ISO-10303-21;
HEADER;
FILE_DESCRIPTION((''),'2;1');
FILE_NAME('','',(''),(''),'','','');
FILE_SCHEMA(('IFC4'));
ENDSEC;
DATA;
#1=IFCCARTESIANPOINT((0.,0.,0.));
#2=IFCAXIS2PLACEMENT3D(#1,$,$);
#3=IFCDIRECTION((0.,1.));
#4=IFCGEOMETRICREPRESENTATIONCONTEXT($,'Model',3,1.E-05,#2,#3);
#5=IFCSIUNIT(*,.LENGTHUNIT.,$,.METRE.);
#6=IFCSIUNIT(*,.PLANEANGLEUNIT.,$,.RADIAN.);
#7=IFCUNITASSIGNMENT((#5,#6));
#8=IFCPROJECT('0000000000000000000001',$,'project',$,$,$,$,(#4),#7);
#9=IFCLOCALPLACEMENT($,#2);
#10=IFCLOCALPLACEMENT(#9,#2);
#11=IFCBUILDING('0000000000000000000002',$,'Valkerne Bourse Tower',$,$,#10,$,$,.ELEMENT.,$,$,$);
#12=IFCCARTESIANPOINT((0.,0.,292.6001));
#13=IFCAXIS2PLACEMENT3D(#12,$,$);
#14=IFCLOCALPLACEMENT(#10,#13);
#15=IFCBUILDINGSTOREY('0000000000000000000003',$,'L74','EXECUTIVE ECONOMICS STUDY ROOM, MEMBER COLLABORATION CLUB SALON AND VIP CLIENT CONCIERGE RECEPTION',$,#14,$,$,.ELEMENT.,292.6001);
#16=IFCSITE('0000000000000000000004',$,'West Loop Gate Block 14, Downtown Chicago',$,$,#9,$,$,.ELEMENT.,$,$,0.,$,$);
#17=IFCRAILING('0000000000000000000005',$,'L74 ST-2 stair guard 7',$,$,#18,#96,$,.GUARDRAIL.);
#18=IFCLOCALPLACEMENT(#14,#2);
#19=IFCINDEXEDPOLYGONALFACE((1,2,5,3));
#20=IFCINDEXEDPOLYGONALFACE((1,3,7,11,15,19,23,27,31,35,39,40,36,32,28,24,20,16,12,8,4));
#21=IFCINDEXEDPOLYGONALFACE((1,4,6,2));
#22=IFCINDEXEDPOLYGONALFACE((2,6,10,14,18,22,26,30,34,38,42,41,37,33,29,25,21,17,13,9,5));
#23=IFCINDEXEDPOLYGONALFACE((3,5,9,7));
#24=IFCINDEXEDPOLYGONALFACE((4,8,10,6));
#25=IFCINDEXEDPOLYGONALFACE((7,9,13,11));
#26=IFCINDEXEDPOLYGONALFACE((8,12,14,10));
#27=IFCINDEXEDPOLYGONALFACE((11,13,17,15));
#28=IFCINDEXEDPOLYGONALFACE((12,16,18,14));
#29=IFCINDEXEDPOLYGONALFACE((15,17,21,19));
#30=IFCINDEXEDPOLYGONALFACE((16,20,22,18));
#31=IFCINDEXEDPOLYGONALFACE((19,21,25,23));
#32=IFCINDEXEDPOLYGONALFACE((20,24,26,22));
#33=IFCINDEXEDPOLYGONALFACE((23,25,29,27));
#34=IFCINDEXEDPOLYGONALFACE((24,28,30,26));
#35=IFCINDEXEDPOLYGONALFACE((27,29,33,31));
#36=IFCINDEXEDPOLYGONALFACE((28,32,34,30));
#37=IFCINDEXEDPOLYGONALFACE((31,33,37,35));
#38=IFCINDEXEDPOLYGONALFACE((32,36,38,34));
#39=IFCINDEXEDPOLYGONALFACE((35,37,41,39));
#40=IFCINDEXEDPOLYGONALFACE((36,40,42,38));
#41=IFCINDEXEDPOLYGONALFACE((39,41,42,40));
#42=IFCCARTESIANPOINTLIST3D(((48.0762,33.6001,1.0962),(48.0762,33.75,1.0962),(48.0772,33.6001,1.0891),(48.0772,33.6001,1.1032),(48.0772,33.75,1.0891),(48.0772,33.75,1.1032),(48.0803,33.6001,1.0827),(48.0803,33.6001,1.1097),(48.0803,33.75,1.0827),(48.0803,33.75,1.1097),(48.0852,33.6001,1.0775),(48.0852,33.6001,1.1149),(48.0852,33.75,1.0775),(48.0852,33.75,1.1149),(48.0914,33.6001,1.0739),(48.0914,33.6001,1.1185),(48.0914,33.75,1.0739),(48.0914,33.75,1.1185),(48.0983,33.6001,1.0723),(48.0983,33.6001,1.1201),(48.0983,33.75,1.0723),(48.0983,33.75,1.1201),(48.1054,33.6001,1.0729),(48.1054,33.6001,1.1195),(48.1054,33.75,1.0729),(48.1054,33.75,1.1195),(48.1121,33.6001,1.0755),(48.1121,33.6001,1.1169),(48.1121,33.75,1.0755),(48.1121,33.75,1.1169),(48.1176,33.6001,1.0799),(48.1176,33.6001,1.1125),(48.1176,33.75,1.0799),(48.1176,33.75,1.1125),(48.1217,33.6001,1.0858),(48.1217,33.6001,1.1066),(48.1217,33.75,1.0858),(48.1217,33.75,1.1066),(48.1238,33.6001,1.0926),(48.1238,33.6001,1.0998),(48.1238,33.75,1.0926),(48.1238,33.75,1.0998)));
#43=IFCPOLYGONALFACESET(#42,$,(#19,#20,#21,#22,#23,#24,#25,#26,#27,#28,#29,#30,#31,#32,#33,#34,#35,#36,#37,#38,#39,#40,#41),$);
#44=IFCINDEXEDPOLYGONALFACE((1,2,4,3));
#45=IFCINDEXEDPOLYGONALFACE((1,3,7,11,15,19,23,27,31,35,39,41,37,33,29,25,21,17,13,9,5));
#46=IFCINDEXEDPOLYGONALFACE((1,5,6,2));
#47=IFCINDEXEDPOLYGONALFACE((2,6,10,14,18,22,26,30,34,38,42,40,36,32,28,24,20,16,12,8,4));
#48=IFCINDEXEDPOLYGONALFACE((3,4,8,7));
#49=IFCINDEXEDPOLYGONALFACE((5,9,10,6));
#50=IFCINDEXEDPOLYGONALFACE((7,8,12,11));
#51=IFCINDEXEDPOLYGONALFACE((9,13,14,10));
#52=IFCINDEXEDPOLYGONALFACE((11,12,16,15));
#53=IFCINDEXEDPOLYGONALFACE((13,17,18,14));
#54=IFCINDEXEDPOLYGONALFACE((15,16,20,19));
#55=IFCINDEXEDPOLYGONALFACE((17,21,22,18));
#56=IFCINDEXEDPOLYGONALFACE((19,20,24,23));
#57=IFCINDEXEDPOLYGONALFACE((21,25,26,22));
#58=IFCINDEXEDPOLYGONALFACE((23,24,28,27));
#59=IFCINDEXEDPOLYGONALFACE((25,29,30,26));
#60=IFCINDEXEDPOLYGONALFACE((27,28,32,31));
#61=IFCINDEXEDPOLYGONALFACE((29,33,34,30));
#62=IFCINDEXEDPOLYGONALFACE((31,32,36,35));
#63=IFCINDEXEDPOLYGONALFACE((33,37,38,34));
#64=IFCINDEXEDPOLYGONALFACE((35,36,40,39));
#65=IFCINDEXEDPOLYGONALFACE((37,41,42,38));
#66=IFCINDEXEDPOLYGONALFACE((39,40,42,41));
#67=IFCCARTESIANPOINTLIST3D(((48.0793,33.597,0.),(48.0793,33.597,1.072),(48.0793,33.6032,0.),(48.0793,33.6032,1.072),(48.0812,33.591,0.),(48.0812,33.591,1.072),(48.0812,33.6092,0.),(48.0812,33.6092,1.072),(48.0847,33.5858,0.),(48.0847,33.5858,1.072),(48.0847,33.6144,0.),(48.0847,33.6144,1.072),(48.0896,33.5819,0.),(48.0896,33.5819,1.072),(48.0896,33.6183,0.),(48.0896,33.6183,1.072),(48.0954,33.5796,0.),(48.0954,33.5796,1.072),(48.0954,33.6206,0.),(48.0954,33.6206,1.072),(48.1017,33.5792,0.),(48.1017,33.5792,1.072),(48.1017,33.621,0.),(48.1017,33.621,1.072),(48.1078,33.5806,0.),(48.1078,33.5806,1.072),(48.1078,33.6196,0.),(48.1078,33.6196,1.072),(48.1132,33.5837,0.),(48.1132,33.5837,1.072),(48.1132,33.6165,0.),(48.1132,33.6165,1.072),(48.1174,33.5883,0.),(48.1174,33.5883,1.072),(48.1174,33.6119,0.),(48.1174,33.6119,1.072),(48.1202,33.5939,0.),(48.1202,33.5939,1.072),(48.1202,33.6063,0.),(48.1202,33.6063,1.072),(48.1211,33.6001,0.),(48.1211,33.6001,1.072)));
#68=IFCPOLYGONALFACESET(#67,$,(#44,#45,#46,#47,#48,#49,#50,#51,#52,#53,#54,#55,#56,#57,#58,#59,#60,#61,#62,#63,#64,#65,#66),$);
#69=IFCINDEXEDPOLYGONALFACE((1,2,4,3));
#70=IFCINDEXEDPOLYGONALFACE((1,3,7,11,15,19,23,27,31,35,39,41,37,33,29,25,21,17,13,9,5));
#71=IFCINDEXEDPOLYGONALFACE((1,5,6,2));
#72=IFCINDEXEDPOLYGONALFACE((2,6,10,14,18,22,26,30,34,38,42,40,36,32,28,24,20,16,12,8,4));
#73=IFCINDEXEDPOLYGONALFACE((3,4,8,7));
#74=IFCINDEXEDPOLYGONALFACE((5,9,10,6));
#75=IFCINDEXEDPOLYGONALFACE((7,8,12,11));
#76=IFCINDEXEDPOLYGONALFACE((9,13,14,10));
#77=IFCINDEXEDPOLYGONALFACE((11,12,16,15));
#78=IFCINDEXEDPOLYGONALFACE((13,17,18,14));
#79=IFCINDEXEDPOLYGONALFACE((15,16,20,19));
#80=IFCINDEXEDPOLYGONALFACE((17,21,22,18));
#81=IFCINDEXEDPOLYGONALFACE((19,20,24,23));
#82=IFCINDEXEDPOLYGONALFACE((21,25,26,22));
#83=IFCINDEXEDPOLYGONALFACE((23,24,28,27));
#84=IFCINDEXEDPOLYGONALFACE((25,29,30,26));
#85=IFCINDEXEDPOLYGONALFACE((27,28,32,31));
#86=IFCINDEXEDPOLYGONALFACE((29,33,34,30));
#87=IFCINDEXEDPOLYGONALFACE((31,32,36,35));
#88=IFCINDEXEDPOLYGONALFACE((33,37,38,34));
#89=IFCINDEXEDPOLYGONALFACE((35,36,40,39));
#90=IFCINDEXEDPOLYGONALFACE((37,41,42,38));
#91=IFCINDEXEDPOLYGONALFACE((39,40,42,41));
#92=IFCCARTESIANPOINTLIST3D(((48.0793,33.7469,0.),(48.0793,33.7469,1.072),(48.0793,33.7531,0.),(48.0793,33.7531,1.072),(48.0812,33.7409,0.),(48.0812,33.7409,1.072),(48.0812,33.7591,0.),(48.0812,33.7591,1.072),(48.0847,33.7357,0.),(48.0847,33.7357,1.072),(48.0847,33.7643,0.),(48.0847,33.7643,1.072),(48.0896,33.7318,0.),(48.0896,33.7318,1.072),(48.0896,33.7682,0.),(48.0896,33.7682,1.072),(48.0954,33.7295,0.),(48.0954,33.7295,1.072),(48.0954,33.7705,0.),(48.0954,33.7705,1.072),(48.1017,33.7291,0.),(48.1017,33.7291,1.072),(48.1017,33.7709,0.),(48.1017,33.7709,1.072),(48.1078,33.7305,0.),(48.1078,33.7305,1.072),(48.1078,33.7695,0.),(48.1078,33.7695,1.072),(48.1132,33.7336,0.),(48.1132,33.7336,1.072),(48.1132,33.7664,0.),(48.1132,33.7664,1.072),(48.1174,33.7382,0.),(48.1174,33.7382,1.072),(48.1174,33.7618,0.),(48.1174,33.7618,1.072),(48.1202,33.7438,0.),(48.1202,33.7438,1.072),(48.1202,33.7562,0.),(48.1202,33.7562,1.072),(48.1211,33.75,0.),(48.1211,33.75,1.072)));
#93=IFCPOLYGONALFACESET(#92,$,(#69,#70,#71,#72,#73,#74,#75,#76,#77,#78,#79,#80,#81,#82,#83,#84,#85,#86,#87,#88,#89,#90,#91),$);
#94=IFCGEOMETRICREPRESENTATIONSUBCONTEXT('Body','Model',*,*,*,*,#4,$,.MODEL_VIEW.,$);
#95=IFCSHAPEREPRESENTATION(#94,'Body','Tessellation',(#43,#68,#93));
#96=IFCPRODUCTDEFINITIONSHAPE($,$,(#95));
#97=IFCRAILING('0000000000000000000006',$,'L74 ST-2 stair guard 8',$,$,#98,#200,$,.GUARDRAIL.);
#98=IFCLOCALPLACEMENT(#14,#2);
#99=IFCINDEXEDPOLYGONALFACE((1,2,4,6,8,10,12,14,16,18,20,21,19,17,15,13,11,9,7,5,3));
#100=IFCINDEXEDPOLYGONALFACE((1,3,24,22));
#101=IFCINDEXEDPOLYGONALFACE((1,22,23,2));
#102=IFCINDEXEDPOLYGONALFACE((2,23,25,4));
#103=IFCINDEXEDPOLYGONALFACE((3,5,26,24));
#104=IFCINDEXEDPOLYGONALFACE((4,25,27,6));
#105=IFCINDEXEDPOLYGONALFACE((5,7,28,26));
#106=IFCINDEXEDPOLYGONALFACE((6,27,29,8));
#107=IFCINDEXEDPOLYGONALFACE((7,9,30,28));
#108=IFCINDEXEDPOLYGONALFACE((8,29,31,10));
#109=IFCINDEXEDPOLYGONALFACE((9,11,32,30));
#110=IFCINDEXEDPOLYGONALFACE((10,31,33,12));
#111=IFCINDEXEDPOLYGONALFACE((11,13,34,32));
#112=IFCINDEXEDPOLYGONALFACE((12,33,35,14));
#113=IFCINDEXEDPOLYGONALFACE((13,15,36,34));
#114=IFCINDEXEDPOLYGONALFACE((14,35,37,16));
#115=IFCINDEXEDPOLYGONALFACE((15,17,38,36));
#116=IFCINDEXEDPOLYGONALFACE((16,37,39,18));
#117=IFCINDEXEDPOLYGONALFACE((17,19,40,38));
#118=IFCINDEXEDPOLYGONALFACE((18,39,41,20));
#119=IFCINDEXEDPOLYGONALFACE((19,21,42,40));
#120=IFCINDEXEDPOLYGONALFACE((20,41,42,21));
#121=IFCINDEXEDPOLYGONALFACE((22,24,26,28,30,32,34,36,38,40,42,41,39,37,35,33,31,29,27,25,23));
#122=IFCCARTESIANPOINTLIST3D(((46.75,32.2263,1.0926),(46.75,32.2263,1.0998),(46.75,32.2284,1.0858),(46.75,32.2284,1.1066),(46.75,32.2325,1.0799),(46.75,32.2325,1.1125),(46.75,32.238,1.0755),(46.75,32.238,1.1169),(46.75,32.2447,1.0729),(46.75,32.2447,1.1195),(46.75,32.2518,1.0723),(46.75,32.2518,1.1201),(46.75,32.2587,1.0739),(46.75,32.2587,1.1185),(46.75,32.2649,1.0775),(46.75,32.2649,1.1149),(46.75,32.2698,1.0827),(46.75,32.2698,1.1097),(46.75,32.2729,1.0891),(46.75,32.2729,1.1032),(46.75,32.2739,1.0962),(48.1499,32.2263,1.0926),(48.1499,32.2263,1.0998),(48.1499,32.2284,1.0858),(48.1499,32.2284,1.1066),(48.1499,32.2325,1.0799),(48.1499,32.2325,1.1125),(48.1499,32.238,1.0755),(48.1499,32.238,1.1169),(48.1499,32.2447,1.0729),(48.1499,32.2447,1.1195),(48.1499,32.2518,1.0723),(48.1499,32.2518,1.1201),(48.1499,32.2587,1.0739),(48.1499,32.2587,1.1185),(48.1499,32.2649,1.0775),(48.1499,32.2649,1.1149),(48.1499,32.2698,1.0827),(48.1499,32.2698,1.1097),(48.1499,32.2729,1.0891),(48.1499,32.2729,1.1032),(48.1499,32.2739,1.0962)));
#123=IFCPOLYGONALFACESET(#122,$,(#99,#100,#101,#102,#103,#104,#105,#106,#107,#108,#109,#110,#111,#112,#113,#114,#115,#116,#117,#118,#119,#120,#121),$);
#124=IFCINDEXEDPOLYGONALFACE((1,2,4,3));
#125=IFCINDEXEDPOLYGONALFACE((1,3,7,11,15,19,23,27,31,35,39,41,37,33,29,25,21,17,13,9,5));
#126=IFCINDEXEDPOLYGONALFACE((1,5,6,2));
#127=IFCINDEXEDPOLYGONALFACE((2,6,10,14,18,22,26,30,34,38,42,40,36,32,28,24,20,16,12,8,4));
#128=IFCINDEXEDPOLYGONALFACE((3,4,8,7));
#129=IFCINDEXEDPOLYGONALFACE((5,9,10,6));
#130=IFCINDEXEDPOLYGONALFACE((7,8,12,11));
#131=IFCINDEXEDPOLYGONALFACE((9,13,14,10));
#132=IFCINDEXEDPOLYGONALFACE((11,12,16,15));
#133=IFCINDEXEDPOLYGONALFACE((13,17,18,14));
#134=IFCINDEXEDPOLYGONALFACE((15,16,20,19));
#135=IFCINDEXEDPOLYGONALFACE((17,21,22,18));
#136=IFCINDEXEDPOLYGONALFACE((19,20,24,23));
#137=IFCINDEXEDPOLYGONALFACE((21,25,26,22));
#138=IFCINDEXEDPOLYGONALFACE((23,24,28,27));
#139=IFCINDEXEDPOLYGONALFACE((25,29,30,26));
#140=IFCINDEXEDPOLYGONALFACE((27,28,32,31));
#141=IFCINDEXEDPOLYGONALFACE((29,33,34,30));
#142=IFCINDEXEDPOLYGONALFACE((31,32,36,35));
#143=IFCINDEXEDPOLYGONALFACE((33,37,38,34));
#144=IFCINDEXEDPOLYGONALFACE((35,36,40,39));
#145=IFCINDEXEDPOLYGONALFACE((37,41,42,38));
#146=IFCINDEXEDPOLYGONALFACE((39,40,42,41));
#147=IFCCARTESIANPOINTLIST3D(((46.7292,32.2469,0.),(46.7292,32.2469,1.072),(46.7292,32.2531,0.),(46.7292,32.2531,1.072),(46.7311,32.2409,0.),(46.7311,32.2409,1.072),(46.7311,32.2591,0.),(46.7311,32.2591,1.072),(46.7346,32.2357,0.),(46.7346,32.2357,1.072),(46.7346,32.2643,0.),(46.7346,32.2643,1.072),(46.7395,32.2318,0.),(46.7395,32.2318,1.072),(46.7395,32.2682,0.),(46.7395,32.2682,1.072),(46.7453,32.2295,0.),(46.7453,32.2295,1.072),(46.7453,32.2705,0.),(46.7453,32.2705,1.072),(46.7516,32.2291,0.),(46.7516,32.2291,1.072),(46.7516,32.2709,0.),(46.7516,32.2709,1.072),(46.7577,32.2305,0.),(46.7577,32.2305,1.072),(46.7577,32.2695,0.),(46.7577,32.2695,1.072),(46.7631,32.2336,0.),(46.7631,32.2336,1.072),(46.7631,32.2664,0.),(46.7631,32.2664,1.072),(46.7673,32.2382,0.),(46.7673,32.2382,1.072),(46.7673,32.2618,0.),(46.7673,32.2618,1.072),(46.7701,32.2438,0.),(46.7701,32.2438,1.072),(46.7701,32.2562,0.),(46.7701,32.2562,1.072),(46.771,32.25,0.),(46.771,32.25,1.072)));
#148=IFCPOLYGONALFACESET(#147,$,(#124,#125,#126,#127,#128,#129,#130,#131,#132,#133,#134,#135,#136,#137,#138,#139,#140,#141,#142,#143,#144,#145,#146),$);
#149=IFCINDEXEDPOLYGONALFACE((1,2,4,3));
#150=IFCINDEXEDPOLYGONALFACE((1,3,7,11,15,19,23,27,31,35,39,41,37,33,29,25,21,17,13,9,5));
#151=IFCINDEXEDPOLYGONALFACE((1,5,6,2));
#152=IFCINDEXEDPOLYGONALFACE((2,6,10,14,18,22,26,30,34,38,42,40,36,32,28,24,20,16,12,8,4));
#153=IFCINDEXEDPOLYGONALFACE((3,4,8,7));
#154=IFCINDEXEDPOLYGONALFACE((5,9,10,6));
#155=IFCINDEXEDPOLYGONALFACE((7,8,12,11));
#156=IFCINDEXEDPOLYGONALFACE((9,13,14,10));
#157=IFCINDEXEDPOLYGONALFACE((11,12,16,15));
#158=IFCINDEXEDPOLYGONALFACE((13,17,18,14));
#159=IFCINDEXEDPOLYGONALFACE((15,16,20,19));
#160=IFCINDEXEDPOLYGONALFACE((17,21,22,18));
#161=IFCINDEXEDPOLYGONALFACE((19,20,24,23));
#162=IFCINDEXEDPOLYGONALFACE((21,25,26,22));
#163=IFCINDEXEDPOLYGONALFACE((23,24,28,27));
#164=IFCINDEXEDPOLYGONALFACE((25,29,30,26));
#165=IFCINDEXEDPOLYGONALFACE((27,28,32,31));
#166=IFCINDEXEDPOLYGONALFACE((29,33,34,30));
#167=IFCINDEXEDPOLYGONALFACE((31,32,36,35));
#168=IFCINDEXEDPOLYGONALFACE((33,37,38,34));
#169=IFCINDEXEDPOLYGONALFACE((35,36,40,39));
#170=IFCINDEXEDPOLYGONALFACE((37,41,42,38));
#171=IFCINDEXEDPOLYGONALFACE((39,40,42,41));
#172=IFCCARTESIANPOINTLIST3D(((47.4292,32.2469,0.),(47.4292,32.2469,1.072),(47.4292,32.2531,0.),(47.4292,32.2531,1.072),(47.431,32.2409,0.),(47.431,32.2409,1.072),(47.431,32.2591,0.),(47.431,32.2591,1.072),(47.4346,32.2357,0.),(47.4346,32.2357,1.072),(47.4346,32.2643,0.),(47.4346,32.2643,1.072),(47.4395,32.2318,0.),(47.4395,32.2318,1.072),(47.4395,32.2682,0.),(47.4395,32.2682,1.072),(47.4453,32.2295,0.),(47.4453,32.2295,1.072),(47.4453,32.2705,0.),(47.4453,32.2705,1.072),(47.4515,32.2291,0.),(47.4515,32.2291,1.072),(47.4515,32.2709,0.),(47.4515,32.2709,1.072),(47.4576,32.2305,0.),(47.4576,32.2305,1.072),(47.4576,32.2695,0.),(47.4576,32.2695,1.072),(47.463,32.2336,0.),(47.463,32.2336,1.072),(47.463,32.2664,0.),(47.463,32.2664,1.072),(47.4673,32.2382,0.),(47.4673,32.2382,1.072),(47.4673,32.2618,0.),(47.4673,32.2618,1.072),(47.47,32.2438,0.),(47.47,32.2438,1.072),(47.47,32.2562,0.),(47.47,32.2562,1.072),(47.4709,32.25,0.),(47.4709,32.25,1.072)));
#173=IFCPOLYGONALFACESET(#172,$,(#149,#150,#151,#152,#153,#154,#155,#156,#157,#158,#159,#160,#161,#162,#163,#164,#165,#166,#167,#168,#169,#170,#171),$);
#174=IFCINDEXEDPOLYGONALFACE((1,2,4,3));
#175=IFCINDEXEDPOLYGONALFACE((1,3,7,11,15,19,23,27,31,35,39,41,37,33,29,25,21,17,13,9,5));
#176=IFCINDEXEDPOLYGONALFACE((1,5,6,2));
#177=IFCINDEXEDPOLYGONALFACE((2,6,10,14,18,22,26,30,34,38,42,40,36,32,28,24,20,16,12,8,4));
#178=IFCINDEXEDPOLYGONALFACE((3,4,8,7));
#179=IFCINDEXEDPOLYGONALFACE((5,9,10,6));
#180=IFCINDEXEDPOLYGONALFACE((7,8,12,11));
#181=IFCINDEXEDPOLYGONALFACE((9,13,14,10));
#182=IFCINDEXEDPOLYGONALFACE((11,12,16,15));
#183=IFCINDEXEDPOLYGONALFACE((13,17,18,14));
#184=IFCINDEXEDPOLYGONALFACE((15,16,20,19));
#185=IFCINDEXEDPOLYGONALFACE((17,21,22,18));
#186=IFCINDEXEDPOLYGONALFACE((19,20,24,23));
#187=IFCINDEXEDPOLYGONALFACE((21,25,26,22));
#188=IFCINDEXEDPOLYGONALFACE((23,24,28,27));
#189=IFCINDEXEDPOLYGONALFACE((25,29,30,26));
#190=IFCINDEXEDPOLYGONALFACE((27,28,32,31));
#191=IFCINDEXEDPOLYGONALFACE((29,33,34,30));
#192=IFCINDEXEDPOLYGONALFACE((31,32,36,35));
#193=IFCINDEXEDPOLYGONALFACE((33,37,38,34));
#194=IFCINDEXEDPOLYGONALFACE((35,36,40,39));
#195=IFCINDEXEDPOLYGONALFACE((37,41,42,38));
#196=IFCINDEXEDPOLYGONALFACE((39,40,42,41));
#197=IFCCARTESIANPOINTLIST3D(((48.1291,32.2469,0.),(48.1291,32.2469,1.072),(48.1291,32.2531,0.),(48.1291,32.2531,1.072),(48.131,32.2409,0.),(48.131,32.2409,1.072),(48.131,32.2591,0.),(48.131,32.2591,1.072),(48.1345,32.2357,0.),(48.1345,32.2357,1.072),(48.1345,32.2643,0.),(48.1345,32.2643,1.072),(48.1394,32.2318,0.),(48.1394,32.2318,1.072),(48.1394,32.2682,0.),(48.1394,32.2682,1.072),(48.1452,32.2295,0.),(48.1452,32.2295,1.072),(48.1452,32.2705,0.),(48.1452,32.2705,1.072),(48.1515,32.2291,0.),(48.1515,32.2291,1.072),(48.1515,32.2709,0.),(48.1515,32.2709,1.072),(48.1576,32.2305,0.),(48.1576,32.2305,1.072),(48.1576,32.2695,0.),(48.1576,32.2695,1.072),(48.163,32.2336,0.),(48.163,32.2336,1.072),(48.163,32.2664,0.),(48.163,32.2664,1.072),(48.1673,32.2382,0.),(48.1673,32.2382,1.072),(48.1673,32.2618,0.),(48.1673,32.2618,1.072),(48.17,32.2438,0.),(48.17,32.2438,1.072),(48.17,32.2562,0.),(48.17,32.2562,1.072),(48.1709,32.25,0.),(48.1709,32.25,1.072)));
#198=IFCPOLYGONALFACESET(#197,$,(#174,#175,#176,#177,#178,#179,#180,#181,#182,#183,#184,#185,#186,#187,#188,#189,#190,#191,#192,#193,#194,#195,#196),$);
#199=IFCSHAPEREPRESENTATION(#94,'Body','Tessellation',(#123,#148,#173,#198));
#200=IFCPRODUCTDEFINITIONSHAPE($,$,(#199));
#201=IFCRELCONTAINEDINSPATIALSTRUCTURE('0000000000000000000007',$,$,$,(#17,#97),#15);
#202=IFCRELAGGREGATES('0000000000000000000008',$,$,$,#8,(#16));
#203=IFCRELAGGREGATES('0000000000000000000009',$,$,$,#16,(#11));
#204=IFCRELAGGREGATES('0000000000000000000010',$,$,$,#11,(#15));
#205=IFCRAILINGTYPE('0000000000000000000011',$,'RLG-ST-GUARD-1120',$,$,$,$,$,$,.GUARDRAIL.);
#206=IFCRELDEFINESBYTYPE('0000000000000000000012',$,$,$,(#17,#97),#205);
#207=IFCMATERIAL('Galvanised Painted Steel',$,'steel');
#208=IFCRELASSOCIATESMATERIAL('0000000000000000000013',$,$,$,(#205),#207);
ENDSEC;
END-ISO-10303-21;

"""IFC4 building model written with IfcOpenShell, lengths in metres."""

from ifc_helpers import new_model, si_unit, direction, frame, origin, origin_2d, place, context, subcontext, project, spatial, circle, extrude, material, type_object, element, save


model = new_model("IFC4")

# Units and contexts
model_context = context("Model", 3, precision=1e-05, world=origin(), true_north=direction((0.0, 1.0)))
body_context = subcontext(model_context, "Body", "Model", "MODEL_VIEW")
ifc_project = project(units=[si_unit("LENGTHUNIT", "METRE"), si_unit("PLANEANGLEUNIT", "RADIAN")], contexts=[model_context])

# Site, building, storey
site_placement = place(None, origin())
site = spatial("IfcSite", under=ifc_project, at=site_placement, Name="West Loop Gate Block 14, Downtown Chicago", CompositionType="ELEMENT", RefElevation=0.0)
building_placement = place(site_placement, origin())
building = spatial("IfcBuilding", under=site, at=building_placement, Name="Valkerne Bourse Tower", CompositionType="ELEMENT")
storey_placement = place(building_placement, frame((0.0, 0.0, 292.6001)))
storey = spatial("IfcBuildingStorey", under=building, at=storey_placement, Name="L74", Description="EXECUTIVE ECONOMICS STUDY ROOM, MEMBER COLLABORATION CLUB SALON AND VIP CLIENT CONCIERGE RECEPTION", CompositionType="ELEMENT", Elevation=292.6001)

# Shared definitions
ifc_material_1 = material(Name="Galvanised Painted Steel", Category="steel")

# Railings
railing_type_1 = type_object("IfcRailingType", Name="RLG-ST-GUARD-1120", PredefinedType="GUARDRAIL", material=ifc_material_1)
railing_1_placement = place(storey_placement, frame((48.1001, 33.6001, 0.0)))
element("IfcRailing", 1, at=railing_1_placement, inside=storey, type_object=railing_type_1, Name="L74 ST-2 stair guard 7", PredefinedType="GUARDRAIL", context=body_context, shape_type="SweptSolid", body=[
    extrude(circle(Radius=0.0239, at=origin_2d()), frame((0.0, 0.0, 1.0962), z_axis=(0.0, 1.0, 0.0), x_axis=(-1.0, 0.0, 0.0)), (0.0, 0.0, 1.0), 0.1499),
    extrude(circle(Radius=0.021, at=origin_2d()), origin(), (0.0, 0.0, 1.0), 1.072),
    extrude(circle(Radius=0.021, at=origin_2d()), frame((0.0, 0.1499, 0.0)), (0.0, 0.0, 1.0), 1.072),
])
for number, where, name in (
    (2, (46.75, 32.25, 0.0), "L74 ST-2 stair guard 8"),
):
    element("IfcRailing", number, at=place(storey_placement, frame(where)), inside=storey, type_object=railing_type_1, Name=name, PredefinedType="GUARDRAIL", context=body_context, shape_type="SweptSolid", body=[
        extrude(circle(Radius=0.0239, at=origin_2d()), frame((0.0, 0.0, 1.0962), z_axis=(1.0, 0.0, 0.0), x_axis=(0.0, 1.0, 0.0)), (0.0, 0.0, 1.0), 1.3999),
        extrude(circle(Radius=0.021, at=origin_2d()), origin(), (0.0, 0.0, 1.0), 1.072),
        extrude(circle(Radius=0.021, at=origin_2d()), frame((0.7, 0.0, 0.0)), (0.0, 0.0, 1.0), 1.072),
        extrude(circle(Radius=0.021, at=origin_2d()), frame((1.3999, 0.0, 0.0)), (0.0, 0.0, 1.0), 1.072),
    ])

save(model, "model.ifc")
